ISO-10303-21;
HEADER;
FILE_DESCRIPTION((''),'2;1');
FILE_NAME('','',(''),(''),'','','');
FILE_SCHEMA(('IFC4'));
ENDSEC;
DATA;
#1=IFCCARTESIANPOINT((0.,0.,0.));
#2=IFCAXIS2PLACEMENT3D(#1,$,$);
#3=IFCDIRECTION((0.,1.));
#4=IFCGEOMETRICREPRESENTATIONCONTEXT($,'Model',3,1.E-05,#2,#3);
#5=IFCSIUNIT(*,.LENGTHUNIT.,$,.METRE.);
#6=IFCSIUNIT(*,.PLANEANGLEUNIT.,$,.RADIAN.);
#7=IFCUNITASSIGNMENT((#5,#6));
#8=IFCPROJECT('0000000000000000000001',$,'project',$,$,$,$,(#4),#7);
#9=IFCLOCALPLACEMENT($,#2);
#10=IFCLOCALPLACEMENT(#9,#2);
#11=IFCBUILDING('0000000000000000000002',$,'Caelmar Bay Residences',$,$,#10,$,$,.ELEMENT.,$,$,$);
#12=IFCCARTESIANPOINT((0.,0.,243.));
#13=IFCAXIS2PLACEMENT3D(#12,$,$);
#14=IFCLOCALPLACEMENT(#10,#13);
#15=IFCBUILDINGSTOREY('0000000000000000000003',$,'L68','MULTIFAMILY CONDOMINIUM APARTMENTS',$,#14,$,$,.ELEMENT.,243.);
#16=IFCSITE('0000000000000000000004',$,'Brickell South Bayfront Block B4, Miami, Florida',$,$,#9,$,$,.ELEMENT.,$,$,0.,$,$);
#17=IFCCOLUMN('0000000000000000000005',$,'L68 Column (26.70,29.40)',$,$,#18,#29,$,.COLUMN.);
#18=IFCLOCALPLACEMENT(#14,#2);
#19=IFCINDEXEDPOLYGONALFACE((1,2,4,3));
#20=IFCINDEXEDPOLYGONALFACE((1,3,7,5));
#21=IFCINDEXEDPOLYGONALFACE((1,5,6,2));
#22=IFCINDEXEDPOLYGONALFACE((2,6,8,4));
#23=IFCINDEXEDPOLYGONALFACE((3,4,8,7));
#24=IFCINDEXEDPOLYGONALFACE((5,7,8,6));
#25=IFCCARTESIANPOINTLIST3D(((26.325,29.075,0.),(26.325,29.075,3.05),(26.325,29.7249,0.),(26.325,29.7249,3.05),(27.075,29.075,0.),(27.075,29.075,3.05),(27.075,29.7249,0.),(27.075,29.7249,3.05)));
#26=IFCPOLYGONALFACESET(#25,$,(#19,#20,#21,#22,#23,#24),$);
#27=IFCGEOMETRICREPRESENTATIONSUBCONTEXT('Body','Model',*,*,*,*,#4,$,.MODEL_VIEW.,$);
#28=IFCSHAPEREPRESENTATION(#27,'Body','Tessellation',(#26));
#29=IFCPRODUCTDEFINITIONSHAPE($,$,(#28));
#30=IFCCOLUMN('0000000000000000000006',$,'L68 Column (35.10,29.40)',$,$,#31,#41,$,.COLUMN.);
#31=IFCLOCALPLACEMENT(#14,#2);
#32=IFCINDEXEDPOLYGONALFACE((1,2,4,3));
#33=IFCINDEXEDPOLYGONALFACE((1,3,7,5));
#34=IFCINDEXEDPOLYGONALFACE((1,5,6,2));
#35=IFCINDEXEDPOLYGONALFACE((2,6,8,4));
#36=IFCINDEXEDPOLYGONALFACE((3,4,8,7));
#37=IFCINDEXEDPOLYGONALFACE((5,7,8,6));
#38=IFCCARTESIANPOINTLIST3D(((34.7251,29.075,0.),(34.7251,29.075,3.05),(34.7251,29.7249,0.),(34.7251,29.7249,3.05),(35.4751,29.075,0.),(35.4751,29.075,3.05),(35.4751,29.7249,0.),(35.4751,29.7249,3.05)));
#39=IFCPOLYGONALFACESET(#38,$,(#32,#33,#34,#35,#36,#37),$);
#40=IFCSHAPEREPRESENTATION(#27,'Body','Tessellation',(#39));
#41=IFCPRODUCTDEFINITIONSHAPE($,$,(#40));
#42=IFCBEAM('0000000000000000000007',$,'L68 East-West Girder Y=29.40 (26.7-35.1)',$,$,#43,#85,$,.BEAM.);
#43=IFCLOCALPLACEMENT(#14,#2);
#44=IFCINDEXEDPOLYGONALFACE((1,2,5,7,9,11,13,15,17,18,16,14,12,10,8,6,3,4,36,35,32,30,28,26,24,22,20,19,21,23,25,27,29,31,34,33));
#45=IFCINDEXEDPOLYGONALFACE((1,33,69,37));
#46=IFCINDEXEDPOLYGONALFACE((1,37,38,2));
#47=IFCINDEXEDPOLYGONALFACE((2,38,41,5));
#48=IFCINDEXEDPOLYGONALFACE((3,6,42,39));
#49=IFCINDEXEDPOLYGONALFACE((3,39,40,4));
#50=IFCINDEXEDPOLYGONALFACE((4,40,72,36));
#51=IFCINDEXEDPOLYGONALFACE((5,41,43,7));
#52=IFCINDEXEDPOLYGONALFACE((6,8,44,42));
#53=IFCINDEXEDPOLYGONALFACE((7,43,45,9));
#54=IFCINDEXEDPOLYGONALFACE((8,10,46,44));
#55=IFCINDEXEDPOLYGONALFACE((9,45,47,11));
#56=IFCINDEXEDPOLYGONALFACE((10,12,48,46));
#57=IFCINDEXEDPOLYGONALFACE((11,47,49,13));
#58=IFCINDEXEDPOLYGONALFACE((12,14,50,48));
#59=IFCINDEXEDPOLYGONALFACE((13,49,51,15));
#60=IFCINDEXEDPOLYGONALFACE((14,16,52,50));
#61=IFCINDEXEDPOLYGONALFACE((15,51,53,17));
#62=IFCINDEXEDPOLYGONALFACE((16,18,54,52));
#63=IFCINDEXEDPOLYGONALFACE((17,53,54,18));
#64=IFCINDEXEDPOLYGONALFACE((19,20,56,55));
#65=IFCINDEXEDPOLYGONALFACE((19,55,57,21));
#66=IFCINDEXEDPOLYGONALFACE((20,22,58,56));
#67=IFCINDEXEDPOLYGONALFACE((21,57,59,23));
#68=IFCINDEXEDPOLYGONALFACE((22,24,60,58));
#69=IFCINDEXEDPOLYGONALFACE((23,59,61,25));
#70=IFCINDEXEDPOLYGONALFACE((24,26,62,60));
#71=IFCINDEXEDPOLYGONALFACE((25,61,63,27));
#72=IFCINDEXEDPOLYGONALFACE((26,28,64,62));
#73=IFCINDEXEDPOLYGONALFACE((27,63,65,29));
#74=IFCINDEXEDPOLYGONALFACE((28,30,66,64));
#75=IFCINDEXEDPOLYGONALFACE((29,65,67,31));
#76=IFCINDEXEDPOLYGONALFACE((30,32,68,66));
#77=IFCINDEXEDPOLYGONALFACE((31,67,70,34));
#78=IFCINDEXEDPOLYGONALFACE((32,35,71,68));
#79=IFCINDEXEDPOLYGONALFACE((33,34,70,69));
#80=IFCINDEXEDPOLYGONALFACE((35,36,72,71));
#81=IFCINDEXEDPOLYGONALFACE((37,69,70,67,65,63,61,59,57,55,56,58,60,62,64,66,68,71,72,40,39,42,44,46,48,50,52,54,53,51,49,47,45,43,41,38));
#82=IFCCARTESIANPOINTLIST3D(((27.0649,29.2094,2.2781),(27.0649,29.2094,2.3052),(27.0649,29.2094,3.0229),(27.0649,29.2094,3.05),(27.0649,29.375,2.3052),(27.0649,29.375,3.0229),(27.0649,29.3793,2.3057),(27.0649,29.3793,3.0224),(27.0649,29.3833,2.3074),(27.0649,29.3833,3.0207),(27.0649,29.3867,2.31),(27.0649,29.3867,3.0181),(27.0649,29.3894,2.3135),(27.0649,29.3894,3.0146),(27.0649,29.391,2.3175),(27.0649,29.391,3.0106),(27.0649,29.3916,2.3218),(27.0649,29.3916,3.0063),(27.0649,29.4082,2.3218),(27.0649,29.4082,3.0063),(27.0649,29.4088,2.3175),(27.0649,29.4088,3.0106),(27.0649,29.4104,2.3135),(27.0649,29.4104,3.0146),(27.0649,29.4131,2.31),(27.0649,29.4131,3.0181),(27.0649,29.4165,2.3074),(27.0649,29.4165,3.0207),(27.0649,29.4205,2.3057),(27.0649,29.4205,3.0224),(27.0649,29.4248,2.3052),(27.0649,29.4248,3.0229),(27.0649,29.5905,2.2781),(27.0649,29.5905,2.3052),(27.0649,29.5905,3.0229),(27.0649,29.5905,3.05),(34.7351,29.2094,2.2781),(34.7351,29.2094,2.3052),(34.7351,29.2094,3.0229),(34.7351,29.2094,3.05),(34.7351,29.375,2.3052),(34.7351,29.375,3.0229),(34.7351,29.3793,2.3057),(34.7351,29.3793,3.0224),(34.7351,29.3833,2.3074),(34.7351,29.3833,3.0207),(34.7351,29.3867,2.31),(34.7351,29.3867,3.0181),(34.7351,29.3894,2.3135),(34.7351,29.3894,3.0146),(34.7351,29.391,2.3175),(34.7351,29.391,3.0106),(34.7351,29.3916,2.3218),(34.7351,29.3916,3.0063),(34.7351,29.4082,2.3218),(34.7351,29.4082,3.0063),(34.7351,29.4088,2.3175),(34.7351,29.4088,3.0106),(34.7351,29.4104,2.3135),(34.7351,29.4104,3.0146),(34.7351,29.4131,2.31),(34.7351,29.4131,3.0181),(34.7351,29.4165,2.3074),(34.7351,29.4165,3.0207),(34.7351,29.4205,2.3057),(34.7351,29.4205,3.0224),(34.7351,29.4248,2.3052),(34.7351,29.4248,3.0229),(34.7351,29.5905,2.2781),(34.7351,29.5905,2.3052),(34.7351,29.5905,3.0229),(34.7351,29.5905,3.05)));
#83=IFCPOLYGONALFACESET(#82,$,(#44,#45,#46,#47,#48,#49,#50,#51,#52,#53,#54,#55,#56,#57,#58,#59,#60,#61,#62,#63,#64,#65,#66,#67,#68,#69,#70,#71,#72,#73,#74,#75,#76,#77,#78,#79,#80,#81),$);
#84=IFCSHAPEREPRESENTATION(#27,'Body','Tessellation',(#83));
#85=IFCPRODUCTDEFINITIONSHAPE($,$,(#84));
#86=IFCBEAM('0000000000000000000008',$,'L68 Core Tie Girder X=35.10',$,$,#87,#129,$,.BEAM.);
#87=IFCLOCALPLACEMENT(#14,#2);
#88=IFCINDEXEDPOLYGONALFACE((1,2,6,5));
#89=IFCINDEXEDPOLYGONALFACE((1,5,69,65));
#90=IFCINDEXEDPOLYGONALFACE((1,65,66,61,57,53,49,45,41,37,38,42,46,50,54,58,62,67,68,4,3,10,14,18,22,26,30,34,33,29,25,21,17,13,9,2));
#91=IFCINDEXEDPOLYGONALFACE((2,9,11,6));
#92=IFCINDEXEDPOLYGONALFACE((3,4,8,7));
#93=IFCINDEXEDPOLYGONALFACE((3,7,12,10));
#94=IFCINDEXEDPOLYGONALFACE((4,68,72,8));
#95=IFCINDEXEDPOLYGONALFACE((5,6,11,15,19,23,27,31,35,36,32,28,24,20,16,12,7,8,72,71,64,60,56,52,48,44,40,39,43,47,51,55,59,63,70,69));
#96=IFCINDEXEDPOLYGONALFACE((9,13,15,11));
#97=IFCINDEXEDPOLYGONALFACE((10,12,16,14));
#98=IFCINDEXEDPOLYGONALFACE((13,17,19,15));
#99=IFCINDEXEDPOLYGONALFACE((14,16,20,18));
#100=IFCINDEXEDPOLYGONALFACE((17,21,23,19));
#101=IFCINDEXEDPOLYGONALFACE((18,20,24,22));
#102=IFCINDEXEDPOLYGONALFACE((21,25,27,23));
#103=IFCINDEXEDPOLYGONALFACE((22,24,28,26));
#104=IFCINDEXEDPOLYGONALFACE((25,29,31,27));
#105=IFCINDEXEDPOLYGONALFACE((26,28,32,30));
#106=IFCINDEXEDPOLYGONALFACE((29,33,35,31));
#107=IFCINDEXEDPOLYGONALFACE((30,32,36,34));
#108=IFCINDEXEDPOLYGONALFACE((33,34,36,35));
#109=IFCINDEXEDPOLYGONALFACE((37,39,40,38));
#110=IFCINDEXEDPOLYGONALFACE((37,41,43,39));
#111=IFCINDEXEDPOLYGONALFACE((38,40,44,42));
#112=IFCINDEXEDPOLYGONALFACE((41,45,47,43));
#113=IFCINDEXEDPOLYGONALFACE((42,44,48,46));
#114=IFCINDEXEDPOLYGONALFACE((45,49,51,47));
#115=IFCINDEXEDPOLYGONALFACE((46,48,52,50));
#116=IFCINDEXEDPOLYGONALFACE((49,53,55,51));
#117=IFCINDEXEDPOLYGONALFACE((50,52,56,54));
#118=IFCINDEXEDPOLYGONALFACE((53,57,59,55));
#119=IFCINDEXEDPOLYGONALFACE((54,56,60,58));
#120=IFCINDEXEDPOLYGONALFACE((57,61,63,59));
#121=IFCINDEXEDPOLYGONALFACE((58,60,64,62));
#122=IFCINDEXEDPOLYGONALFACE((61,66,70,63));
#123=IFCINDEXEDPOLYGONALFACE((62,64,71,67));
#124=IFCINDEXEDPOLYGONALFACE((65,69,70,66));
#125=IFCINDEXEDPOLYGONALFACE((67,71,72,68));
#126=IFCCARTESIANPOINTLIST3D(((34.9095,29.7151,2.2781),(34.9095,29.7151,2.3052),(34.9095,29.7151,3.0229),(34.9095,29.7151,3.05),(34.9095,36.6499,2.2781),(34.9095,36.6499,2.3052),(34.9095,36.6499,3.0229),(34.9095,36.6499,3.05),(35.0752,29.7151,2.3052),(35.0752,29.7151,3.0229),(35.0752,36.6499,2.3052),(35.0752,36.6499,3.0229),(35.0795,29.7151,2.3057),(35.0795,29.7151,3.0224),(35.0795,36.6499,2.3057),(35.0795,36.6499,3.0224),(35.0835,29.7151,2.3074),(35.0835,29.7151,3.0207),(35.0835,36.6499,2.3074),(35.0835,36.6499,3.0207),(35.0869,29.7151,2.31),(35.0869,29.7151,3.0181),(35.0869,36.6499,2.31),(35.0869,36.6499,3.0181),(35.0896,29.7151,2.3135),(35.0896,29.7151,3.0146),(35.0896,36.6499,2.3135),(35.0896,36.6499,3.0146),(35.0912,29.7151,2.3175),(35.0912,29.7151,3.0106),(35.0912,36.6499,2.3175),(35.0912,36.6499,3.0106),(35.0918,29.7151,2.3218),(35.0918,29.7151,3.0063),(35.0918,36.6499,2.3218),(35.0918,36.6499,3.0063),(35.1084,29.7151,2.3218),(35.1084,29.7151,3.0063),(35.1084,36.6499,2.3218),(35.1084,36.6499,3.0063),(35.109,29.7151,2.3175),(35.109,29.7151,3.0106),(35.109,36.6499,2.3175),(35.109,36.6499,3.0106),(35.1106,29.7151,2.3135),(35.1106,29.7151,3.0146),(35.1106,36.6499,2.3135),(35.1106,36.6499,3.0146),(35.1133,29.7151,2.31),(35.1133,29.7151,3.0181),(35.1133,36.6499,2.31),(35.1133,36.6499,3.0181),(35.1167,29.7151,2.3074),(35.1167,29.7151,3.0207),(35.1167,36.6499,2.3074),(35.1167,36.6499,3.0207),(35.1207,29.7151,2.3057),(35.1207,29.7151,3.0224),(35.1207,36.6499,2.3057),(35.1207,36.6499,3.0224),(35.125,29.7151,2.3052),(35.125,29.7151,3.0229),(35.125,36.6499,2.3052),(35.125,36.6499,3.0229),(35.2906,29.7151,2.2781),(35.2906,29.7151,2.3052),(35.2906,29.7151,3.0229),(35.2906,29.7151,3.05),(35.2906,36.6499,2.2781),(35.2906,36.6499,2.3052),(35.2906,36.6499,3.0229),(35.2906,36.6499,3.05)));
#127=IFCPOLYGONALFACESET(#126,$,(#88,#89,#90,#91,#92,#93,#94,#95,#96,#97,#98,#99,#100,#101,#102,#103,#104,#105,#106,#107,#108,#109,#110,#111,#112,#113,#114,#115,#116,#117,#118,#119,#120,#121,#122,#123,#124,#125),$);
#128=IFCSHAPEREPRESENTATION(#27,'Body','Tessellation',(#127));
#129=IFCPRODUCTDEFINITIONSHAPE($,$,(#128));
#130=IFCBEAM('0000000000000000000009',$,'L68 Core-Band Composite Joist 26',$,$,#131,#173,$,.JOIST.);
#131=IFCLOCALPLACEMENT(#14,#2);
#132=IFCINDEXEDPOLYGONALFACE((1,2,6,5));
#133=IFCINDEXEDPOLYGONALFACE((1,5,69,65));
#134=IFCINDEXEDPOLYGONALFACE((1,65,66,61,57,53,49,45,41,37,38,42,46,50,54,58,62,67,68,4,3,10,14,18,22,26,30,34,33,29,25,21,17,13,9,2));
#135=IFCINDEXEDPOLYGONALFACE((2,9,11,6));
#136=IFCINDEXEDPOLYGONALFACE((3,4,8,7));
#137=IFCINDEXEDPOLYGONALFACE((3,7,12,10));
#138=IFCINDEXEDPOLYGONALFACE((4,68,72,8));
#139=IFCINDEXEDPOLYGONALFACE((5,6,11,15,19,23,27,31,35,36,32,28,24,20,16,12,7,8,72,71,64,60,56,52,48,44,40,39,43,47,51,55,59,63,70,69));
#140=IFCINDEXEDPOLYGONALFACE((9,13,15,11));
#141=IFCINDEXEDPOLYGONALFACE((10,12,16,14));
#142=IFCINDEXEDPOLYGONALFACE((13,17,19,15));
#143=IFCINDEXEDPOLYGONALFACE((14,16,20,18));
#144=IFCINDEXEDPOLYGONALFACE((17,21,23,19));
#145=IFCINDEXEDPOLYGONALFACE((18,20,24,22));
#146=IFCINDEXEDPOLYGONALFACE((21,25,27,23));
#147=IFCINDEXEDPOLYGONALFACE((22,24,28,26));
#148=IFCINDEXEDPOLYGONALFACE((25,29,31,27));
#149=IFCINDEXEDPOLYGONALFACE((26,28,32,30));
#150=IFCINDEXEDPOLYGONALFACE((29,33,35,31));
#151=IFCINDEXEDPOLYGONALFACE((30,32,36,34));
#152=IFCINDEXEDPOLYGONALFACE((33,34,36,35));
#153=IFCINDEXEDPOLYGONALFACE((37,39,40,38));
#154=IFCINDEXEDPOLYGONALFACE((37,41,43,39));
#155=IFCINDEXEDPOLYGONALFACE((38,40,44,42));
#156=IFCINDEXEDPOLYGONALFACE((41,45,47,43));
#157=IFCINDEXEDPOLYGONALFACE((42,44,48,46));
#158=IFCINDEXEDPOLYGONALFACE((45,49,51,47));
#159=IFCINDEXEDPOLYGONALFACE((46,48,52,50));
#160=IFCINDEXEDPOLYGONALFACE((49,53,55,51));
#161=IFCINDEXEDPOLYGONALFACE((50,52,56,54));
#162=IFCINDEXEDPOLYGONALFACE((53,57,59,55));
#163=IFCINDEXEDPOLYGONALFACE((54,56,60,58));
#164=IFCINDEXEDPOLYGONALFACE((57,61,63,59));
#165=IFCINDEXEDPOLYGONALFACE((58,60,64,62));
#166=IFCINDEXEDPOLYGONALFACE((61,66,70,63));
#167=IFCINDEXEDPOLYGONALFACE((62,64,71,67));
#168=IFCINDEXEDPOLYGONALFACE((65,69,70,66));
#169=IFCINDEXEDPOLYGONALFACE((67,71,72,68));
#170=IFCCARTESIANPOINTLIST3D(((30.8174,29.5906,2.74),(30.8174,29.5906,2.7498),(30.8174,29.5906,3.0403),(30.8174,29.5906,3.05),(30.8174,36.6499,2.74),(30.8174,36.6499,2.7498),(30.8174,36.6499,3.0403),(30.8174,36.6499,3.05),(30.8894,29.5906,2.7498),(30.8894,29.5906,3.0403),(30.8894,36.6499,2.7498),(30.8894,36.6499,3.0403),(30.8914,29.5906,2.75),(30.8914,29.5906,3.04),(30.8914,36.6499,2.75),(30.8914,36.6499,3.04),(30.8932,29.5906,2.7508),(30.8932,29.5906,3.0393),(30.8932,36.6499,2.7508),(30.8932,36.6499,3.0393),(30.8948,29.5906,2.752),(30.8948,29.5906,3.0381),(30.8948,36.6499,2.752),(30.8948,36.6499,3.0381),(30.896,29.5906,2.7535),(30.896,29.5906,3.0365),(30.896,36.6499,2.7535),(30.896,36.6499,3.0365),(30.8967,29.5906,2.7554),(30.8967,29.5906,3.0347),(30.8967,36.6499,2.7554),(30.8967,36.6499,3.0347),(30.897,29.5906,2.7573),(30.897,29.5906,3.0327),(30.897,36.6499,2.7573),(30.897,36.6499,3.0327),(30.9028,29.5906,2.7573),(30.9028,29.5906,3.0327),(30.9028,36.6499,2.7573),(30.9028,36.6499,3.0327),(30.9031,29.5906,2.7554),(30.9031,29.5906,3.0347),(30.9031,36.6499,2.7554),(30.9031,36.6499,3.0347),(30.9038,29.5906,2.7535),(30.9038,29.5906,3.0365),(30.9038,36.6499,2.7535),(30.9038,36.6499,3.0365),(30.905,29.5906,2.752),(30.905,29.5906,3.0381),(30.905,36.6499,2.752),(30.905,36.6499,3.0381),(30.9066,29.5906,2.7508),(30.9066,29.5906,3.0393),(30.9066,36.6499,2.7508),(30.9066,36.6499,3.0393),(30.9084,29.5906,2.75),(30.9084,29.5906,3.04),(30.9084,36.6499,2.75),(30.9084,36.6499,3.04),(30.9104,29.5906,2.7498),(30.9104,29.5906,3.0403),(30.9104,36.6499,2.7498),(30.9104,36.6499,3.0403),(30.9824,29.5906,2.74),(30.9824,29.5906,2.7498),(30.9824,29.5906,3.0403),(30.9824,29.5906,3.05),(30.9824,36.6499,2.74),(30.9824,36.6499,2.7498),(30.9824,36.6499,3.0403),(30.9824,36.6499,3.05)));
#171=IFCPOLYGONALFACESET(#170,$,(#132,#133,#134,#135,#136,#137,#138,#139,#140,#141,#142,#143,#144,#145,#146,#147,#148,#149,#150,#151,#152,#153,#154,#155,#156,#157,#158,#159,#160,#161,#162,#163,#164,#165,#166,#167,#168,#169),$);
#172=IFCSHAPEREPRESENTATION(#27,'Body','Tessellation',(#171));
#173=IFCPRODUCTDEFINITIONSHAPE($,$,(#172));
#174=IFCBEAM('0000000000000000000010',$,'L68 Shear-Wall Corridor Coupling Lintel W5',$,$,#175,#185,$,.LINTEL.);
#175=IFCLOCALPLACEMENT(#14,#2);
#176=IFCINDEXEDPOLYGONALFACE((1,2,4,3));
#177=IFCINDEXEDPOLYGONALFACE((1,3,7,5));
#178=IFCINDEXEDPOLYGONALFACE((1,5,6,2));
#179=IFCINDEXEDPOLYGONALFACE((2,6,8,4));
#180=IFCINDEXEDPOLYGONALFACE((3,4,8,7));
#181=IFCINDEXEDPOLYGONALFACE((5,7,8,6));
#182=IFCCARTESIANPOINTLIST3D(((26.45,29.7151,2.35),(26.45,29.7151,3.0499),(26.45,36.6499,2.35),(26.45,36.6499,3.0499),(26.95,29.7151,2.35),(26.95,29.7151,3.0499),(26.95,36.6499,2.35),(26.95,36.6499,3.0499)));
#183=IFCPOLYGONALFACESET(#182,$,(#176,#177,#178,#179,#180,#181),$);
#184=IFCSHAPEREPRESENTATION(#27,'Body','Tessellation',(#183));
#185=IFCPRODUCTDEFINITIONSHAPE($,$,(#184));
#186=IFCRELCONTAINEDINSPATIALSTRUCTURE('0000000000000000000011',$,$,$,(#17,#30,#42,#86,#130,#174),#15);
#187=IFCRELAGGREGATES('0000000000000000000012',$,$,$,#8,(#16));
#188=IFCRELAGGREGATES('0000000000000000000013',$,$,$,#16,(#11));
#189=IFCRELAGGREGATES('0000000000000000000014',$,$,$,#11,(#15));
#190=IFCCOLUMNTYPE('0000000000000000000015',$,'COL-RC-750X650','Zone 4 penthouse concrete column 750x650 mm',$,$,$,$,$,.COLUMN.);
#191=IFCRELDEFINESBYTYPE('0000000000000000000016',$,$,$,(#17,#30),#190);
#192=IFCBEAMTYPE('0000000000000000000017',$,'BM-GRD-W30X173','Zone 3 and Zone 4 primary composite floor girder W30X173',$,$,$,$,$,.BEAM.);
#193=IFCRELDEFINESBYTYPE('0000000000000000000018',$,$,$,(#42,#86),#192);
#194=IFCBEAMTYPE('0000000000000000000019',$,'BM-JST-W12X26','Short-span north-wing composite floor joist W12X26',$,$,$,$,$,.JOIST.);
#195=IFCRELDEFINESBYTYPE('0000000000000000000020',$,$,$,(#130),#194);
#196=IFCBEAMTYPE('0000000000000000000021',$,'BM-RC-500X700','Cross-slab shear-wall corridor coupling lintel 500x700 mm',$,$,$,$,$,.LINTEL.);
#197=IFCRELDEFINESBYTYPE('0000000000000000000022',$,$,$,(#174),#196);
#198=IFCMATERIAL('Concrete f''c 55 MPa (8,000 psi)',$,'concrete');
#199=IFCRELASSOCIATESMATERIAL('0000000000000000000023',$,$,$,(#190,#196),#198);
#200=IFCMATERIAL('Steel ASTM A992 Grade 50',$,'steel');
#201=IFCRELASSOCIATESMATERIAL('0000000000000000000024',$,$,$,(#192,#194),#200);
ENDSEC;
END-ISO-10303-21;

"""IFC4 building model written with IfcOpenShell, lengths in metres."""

from ifc_helpers import new_model, si_unit, direction, frame, origin, origin_2d, place, context, subcontext, project, spatial, rectangle, i_section, extrude, material, material_profile, profile_set, type_object, element, save


model = new_model("IFC4")

# Units and contexts
model_context = context("Model", 3, precision=1e-05, world=origin(), true_north=direction((0.0, 1.0)))
body_context = subcontext(model_context, "Body", "Model", "MODEL_VIEW")
ifc_project = project(units=[si_unit("LENGTHUNIT", "METRE"), si_unit("PLANEANGLEUNIT", "RADIAN")], contexts=[model_context])

# Site, building, storey
site_placement = place(None, origin())
site = spatial("IfcSite", under=ifc_project, at=site_placement, Name="Brickell South Bayfront Block B4, Miami, Florida", CompositionType="ELEMENT", RefElevation=0.0)
building_placement = place(site_placement, origin())
building = spatial("IfcBuilding", under=site, at=building_placement, Name="Caelmar Bay Residences", CompositionType="ELEMENT")
storey_placement = place(building_placement, frame((0.0, 0.0, 243.0)))
storey = spatial("IfcBuildingStorey", under=building, at=storey_placement, Name="L68", Description="MULTIFAMILY CONDOMINIUM APARTMENTS", CompositionType="ELEMENT", Elevation=243.0)

# Columns
ifc_material_1 = material(Name="Concrete f'c 55 MPa (8,000 psi)", Category="concrete")
ifc_material_profile_1 = material_profile(ifc_material_1, rectangle(XDim=0.75, YDim=0.6499, at=origin_2d()), Name="RC-COL-750X650")
ifc_profile_set_1 = profile_set([ifc_material_profile_1], Name="Concrete f'c 55 MPa (8,000 psi)")
column_type = type_object("IfcColumnType", Name="COL-RC-750X650", Description="Zone 4 penthouse concrete column 750x650 mm", PredefinedType="COLUMN", material=ifc_profile_set_1)
for number, where, z_axis, x_axis, name in (
    (1, (26.7, 29.3999, 0.0), (0.0, 0.0, 1.0), (1.0, 0.0, 0.0), "L68 Column (26.70,29.40)"),
    (2, (35.1001, 29.3999, 0.0), (0.0, 0.0, 1.0), (1.0, 0.0, 0.0), "L68 Column (35.10,29.40)"),
):
    element("IfcColumn", number, at=place(storey_placement, frame(where, z_axis=z_axis, x_axis=x_axis)), inside=storey, type_object=column_type, Name=name, PredefinedType="COLUMN", context=body_context, shape_type="SweptSolid", body=[
        extrude(rectangle(XDim=0.75, YDim=0.6499, at=origin_2d()), origin(), (0.0, 0.0, 1.0), 3.05),
    ])

# Beams
ifc_material_2 = material(Name="Steel ASTM A992 Grade 50", Category="steel")
ifc_material_profile_2 = material_profile(ifc_material_2, i_section(OverallWidth=0.3811, OverallDepth=0.772, WebThickness=0.0166, FlangeThickness=0.0271, FilletRadius=0.0166, at=origin_2d()), Name="W30X173")
ifc_profile_set_2 = profile_set([ifc_material_profile_2], Name="Steel ASTM A992 Grade 50")
beam_type_1 = type_object("IfcBeamType", Name="BM-GRD-W30X173", Description="Zone 3 and Zone 4 primary composite floor girder W30X173", PredefinedType="BEAM", material=ifc_profile_set_2)
beam_1_placement = place(storey_placement, frame((27.0649, 29.3999, 2.6641), z_axis=(1.0, 0.0, 0.0), x_axis=(0.0, 1.0, 0.0)))
element("IfcBeam", 3, at=beam_1_placement, inside=storey, type_object=beam_type_1, Name="L68 East-West Girder Y=29.40 (26.7-35.1)", PredefinedType="BEAM", context=body_context, shape_type="SweptSolid", body=[
    extrude(i_section(OverallWidth=0.3811, OverallDepth=0.772, WebThickness=0.0166, FlangeThickness=0.0271, FilletRadius=0.0166, at=origin_2d()), origin(), (0.0, 0.0, 1.0), 7.6702),
])
beam_2_placement = place(storey_placement, frame((35.1001, 29.7151, 2.6641), z_axis=(0.0, 1.0, 0.0), x_axis=(-1.0, 0.0, 0.0)))
element("IfcBeam", 4, at=beam_2_placement, inside=storey, type_object=beam_type_1, Name="L68 Core Tie Girder X=35.10", PredefinedType="BEAM", context=body_context, shape_type="SweptSolid", body=[
    extrude(i_section(OverallWidth=0.3811, OverallDepth=0.772, WebThickness=0.0166, FlangeThickness=0.0271, FilletRadius=0.0166, at=origin_2d()), origin(), (0.0, 0.0, 1.0), 6.9348),
])
ifc_material_profile_3 = material_profile(ifc_material_2, i_section(OverallWidth=0.165, OverallDepth=0.3101, WebThickness=0.0059, FlangeThickness=0.0098, FilletRadius=0.0076, at=origin_2d()), Name="W12X26")
ifc_profile_set_3 = profile_set([ifc_material_profile_3], Name="Steel ASTM A992 Grade 50")
beam_type_2 = type_object("IfcBeamType", Name="BM-JST-W12X26", Description="Short-span north-wing composite floor joist W12X26", PredefinedType="JOIST", material=ifc_profile_set_3)
beam_3_placement = place(storey_placement, frame((30.8999, 29.5906, 2.895), z_axis=(0.0, 1.0, 0.0), x_axis=(-1.0, 0.0, 0.0)))
element("IfcBeam", 5, at=beam_3_placement, inside=storey, type_object=beam_type_2, Name="L68 Core-Band Composite Joist 26", PredefinedType="JOIST", context=body_context, shape_type="SweptSolid", body=[
    extrude(i_section(OverallWidth=0.165, OverallDepth=0.3101, WebThickness=0.0059, FlangeThickness=0.0098, FilletRadius=0.0076, at=origin_2d()), origin(), (0.0, 0.0, 1.0), 7.0593),
])
ifc_material_profile_4 = material_profile(ifc_material_1, rectangle(XDim=0.5, YDim=0.7, at=origin_2d()), Name="RC-BM-500X700")
ifc_profile_set_4 = profile_set([ifc_material_profile_4], Name="Concrete f'c 55 MPa (8,000 psi)")
beam_type_3 = type_object("IfcBeamType", Name="BM-RC-500X700", Description="Cross-slab shear-wall corridor coupling lintel 500x700 mm", PredefinedType="LINTEL", material=ifc_profile_set_4)
beam_4_placement = place(storey_placement, frame((26.7, 29.7151, 2.7), z_axis=(0.0, 1.0, 0.0), x_axis=(-1.0, 0.0, 0.0)))
element("IfcBeam", 6, at=beam_4_placement, inside=storey, type_object=beam_type_3, Name="L68 Shear-Wall Corridor Coupling Lintel W5", PredefinedType="LINTEL", context=body_context, shape_type="SweptSolid", body=[
    extrude(rectangle(XDim=0.5, YDim=0.7, at=origin_2d()), origin(), (0.0, 0.0, 1.0), 6.9348),
])

save(model, "model.ifc")
